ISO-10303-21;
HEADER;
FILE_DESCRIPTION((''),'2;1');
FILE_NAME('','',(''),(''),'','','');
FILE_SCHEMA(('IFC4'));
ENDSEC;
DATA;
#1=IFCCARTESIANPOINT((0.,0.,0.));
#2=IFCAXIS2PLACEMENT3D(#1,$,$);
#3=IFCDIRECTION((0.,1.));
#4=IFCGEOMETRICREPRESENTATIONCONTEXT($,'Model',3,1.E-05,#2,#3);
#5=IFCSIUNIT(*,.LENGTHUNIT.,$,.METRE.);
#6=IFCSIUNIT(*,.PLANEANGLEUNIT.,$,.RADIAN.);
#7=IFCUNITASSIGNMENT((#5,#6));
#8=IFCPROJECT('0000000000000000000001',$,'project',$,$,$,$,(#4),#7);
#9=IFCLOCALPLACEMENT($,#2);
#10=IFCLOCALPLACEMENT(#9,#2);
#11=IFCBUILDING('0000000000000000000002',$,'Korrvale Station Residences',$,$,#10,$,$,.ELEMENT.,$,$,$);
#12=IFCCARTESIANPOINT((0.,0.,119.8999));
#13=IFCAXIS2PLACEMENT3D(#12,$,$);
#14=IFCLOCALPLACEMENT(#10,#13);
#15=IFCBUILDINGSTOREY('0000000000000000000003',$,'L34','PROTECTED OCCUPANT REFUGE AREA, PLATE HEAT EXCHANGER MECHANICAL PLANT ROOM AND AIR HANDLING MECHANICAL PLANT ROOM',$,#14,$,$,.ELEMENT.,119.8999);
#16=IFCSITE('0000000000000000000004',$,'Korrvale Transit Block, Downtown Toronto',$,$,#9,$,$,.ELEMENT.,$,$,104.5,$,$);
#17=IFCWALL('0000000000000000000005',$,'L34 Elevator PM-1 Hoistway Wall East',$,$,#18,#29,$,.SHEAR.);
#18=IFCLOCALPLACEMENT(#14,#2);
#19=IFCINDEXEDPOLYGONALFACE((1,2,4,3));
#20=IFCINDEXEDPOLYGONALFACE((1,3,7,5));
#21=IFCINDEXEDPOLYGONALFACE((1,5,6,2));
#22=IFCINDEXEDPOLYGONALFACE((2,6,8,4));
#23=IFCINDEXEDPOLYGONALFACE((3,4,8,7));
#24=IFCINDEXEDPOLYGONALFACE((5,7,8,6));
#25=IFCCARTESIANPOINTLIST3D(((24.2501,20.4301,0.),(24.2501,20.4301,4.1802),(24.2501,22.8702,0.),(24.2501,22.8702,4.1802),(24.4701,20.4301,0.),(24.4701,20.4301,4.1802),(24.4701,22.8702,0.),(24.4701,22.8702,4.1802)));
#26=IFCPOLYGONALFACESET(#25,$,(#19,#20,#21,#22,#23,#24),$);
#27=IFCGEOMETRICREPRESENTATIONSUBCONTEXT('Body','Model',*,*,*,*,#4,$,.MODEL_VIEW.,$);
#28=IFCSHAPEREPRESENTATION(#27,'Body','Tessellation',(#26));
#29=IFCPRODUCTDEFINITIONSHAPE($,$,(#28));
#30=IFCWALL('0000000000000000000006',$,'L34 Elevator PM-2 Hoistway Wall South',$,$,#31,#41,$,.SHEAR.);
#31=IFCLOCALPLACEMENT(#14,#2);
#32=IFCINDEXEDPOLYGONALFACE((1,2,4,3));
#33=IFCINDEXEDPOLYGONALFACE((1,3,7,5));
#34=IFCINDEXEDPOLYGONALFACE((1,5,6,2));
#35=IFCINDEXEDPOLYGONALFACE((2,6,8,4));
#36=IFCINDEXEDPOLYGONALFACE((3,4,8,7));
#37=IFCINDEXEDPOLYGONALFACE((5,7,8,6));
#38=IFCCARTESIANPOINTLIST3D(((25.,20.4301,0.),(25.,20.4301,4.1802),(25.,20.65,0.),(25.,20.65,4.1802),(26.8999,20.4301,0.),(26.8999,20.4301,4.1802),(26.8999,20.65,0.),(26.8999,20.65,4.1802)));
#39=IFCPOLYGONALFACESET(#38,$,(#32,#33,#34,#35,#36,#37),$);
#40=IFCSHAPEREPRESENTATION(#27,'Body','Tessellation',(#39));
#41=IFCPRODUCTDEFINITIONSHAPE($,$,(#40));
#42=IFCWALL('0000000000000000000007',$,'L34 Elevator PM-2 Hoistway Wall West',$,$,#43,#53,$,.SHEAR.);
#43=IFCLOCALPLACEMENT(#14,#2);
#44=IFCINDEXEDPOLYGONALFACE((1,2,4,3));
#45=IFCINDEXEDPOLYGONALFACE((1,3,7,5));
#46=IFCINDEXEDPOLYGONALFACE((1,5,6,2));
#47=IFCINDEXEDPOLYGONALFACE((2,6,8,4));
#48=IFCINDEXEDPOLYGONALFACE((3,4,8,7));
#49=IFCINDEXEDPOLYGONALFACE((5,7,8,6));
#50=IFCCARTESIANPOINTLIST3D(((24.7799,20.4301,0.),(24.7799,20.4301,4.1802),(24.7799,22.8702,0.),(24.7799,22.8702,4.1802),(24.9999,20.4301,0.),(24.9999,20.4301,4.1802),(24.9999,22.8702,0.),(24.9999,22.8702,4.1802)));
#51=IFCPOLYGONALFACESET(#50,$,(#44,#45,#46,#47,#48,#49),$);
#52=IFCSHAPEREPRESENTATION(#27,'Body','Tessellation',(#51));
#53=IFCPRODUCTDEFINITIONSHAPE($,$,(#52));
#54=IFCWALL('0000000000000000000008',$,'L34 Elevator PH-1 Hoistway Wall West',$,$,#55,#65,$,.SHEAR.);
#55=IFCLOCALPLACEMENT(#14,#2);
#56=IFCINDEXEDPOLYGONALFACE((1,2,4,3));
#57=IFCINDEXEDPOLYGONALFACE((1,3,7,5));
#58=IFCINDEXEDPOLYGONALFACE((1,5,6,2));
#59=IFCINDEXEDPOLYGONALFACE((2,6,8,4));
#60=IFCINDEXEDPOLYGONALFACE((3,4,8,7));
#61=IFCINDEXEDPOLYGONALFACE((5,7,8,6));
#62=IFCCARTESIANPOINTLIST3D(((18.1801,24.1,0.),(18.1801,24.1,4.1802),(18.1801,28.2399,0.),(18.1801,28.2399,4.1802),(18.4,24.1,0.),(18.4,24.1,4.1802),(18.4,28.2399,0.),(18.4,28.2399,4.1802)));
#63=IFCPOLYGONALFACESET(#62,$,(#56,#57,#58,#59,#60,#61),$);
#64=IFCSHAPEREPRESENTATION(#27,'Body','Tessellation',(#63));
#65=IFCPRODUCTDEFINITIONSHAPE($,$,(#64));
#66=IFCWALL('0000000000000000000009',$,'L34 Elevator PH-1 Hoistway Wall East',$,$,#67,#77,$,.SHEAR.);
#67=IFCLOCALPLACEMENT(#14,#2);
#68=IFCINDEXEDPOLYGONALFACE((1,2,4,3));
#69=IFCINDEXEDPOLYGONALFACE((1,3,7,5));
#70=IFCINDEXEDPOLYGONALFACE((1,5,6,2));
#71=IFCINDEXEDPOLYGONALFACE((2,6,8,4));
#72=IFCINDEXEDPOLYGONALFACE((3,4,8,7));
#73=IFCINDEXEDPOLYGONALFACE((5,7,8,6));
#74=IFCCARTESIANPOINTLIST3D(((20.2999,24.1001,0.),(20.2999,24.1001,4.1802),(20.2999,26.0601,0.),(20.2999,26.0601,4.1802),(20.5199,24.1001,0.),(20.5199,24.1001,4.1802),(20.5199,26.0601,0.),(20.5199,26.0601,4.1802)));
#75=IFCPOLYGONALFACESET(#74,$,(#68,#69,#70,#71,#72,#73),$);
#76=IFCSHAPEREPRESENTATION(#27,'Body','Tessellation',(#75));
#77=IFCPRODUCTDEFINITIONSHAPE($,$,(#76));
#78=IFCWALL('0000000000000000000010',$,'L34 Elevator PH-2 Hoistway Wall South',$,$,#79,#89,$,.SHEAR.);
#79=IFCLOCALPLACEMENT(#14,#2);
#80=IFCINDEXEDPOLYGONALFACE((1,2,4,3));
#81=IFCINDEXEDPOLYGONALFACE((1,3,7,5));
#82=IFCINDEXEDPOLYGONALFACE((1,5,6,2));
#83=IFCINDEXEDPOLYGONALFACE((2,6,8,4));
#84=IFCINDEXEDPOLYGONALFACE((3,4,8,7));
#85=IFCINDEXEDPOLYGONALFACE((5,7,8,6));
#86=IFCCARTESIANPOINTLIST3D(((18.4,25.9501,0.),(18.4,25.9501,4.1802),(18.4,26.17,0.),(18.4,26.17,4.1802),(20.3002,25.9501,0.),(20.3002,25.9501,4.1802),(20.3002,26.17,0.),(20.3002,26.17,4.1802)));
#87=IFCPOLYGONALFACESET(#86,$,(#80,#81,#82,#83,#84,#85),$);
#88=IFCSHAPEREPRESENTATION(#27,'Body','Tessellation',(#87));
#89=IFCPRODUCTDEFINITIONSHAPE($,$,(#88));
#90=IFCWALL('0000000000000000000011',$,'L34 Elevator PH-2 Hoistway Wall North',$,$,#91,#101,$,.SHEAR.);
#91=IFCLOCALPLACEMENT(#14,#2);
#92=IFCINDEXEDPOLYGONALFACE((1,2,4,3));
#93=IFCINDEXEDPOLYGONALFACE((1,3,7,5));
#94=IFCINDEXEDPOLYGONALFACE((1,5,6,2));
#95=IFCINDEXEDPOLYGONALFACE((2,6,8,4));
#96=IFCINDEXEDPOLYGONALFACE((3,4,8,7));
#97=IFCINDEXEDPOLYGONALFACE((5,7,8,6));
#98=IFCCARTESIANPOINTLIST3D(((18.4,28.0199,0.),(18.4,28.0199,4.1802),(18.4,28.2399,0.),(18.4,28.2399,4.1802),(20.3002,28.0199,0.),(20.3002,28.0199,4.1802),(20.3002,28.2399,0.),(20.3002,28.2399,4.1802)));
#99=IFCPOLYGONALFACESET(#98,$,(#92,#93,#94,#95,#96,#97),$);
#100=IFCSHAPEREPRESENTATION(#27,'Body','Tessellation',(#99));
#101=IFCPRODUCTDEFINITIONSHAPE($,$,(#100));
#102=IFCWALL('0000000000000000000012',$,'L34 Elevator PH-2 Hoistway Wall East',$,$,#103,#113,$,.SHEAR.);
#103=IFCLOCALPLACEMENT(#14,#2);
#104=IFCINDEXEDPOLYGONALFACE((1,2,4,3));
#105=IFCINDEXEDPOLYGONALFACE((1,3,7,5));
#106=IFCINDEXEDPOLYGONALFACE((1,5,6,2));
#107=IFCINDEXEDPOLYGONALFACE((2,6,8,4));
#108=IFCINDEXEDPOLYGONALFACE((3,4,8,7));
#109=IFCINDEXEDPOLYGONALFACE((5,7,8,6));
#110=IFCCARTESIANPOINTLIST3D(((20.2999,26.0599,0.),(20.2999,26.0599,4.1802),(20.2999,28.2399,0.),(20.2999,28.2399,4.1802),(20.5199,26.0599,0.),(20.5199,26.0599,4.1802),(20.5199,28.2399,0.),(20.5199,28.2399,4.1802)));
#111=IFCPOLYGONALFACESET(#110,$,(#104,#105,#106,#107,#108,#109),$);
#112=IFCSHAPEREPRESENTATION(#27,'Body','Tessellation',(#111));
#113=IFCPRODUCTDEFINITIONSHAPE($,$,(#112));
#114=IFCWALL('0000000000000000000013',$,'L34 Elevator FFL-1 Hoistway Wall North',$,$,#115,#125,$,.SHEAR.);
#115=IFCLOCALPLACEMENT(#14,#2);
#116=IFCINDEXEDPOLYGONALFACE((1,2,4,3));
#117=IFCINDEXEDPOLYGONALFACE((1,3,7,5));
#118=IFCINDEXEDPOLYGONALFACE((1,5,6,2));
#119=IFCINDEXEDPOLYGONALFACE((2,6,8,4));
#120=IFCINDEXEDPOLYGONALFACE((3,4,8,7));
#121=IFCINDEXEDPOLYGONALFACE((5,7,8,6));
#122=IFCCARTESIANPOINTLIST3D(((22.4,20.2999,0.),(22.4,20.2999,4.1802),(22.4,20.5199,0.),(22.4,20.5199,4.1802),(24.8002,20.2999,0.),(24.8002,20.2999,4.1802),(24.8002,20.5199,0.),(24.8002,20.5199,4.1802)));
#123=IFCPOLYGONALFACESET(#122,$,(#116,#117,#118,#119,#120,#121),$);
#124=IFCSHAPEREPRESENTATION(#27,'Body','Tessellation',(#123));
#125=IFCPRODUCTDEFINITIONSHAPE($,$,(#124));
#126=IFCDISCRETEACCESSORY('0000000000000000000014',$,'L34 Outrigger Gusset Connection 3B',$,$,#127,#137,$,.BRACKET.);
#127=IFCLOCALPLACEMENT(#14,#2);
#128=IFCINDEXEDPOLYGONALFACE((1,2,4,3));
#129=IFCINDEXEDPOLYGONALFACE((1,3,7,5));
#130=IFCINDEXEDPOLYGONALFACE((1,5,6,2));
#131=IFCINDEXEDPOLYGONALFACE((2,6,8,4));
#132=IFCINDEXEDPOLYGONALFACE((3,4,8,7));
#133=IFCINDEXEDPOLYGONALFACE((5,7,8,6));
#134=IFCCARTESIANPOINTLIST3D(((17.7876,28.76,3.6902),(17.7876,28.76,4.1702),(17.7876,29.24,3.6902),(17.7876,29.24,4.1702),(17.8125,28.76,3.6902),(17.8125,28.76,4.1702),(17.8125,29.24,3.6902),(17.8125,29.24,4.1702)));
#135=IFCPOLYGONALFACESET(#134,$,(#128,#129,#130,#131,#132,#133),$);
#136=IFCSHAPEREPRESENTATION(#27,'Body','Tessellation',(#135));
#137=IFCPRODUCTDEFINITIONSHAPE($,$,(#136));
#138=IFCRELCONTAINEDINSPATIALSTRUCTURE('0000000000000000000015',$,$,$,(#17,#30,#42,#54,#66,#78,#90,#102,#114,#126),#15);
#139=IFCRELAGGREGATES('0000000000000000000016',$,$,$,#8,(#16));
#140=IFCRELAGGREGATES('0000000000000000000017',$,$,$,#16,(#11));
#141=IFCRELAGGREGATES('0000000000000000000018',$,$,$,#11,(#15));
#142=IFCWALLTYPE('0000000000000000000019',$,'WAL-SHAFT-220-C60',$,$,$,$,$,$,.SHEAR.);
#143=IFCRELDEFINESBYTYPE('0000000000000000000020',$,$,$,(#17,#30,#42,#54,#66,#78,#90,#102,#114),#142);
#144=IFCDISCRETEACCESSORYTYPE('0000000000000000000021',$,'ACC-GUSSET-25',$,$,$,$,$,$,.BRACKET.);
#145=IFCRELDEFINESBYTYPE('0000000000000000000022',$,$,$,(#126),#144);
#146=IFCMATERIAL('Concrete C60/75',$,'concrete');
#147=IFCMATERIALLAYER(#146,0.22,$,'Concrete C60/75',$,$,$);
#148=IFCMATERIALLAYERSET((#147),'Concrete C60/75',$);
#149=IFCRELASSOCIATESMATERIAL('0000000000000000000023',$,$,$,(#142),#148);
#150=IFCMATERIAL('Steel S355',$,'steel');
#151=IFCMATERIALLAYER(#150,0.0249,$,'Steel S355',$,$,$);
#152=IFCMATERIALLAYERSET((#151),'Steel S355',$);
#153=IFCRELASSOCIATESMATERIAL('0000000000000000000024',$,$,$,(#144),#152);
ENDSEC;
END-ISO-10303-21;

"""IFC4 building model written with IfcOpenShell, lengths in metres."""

from ifc_helpers import new_model, si_unit, direction, frame, frame_2d, origin, origin_2d, place, context, subcontext, project, spatial, rectangle, extrude, material, layer, layer_set, type_object, element, save


model = new_model("IFC4")

# Units and contexts
model_context = context("Model", 3, precision=1e-05, world=origin(), true_north=direction((0.0, 1.0)))
body_context = subcontext(model_context, "Body", "Model", "MODEL_VIEW")
ifc_project = project(units=[si_unit("LENGTHUNIT", "METRE"), si_unit("PLANEANGLEUNIT", "RADIAN")], contexts=[model_context])

# Site, building, storey
site_placement = place(None, origin())
site = spatial("IfcSite", under=ifc_project, at=site_placement, Name="Korrvale Transit Block, Downtown Toronto", CompositionType="ELEMENT", RefElevation=104.5)
building_placement = place(site_placement, origin())
building = spatial("IfcBuilding", under=site, at=building_placement, Name="Korrvale Station Residences", CompositionType="ELEMENT")
storey_placement = place(building_placement, frame((0.0, 0.0, 119.8999)))
storey = spatial("IfcBuildingStorey", under=building, at=storey_placement, Name="L34", Description="PROTECTED OCCUPANT REFUGE AREA, PLATE HEAT EXCHANGER MECHANICAL PLANT ROOM AND AIR HANDLING MECHANICAL PLANT ROOM", CompositionType="ELEMENT", Elevation=119.8999)

# Shared definitions
ifc_material_1 = material(Name="Concrete C60/75", Category="concrete")

# Shared definitions
ifc_layer_1 = layer(ifc_material_1, 0.22, Name="Concrete C60/75")
ifc_layer_set_1 = layer_set([ifc_layer_1], Name="Concrete C60/75")
wall_type_1 = type_object("IfcWallType", Name="WAL-SHAFT-220-C60", PredefinedType="SHEAR", material=ifc_layer_set_1)

# Walls
for number, where, z_axis, x_axis, name in (
    (1, (24.3601, 20.4299, 0.0), (0.0, 0.0, 1.0), (0.0, 1.0, 0.0), "L34 Elevator PM-1 Hoistway Wall East"),
):
    element("IfcWall", number, at=place(storey_placement, frame(where, z_axis=z_axis, x_axis=x_axis)), inside=storey, type_object=wall_type_1, Name=name, PredefinedType="SHEAR", context=body_context, shape_type="SweptSolid", body=[
        extrude(rectangle(XDim=2.4402, YDim=0.22, at=frame_2d((1.2202, 0.0))), origin(), (0.0, 0.0, 1.0), 4.1802),
    ])
wall_1_placement = place(storey_placement, frame((25.0, 20.54, 0.0), z_axis=(0.0, 0.0, 1.0), x_axis=(1.0, 0.0, 0.0)))
element("IfcWall", 2, at=wall_1_placement, inside=storey, type_object=wall_type_1, Name="L34 Elevator PM-2 Hoistway Wall South", PredefinedType="SHEAR", context=body_context, shape_type="SweptSolid", body=[
    extrude(rectangle(XDim=1.8999, YDim=0.22, at=frame_2d((0.95, 0.0))), origin(), (0.0, 0.0, 1.0), 4.1802),
])
wall_2_placement = place(storey_placement, frame((24.8899, 20.4299, 0.0), z_axis=(0.0, 0.0, 1.0), x_axis=(0.0, 1.0, 0.0)))
element("IfcWall", 3, at=wall_2_placement, inside=storey, type_object=wall_type_1, Name="L34 Elevator PM-2 Hoistway Wall West", PredefinedType="SHEAR", context=body_context, shape_type="SweptSolid", body=[
    extrude(rectangle(XDim=2.4402, YDim=0.22, at=frame_2d((1.2202, 0.0))), origin(), (0.0, 0.0, 1.0), 4.1802),
])
wall_3_placement = place(storey_placement, frame((18.29, 24.1001, 0.0), z_axis=(0.0, 0.0, 1.0), x_axis=(0.0, 1.0, 0.0)))
element("IfcWall", 4, at=wall_3_placement, inside=storey, type_object=wall_type_1, Name="L34 Elevator PH-1 Hoistway Wall West", PredefinedType="SHEAR", context=body_context, shape_type="SweptSolid", body=[
    extrude(rectangle(XDim=4.1399, YDim=0.22, at=frame_2d((2.0698, 0.0))), origin(), (0.0, 0.0, 1.0), 4.1802),
])
wall_4_placement = place(storey_placement, frame((20.4099, 24.1001, 0.0), z_axis=(0.0, 0.0, 1.0), x_axis=(0.0, 1.0, 0.0)))
element("IfcWall", 5, at=wall_4_placement, inside=storey, type_object=wall_type_1, Name="L34 Elevator PH-1 Hoistway Wall East", PredefinedType="SHEAR", context=body_context, shape_type="SweptSolid", body=[
    extrude(rectangle(XDim=1.96, YDim=0.22, at=frame_2d((0.98, 0.0))), origin(), (0.0, 0.0, 1.0), 4.1802),
])
for number, where, z_axis, x_axis, name in (
    (6, (18.3999, 26.0601, 0.0), (0.0, 0.0, 1.0), (1.0, 0.0, 0.0), "L34 Elevator PH-2 Hoistway Wall South"),
    (7, (18.3999, 28.1299, 0.0), (0.0, 0.0, 1.0), (1.0, 0.0, 0.0), "L34 Elevator PH-2 Hoistway Wall North"),
):
    element("IfcWall", number, at=place(storey_placement, frame(where, z_axis=z_axis, x_axis=x_axis)), inside=storey, type_object=wall_type_1, Name=name, PredefinedType="SHEAR", context=body_context, shape_type="SweptSolid", body=[
        extrude(rectangle(XDim=1.9001, YDim=0.22, at=frame_2d((0.9502, 0.0))), origin(), (0.0, 0.0, 1.0), 4.1802),
    ])
wall_5_placement = place(storey_placement, frame((20.4099, 26.0601, 0.0), z_axis=(0.0, 0.0, 1.0), x_axis=(0.0, 1.0, 0.0)))
element("IfcWall", 8, at=wall_5_placement, inside=storey, type_object=wall_type_1, Name="L34 Elevator PH-2 Hoistway Wall East", PredefinedType="SHEAR", context=body_context, shape_type="SweptSolid", body=[
    extrude(rectangle(XDim=2.1799, YDim=0.22, at=frame_2d((1.0898, 0.0))), origin(), (0.0, 0.0, 1.0), 4.1802),
])
wall_6_placement = place(storey_placement, frame((22.3999, 20.4099, 0.0), z_axis=(0.0, 0.0, 1.0), x_axis=(1.0, 0.0, 0.0)))
element("IfcWall", 9, at=wall_6_placement, inside=storey, type_object=wall_type_1, Name="L34 Elevator FFL-1 Hoistway Wall North", PredefinedType="SHEAR", context=body_context, shape_type="SweptSolid", body=[
    extrude(rectangle(XDim=2.4001, YDim=0.22, at=frame_2d((1.2002, 0.0))), origin(), (0.0, 0.0, 1.0), 4.1802),
])

# Discrete accessory
ifc_material_2 = material(Name="Steel S355", Category="steel")
ifc_layer_2 = layer(ifc_material_2, 0.0249, Name="Steel S355")
ifc_layer_set_2 = layer_set([ifc_layer_2], Name="Steel S355")
discrete_accessory_type = type_object("IfcDiscreteAccessoryType", Name="ACC-GUSSET-25", PredefinedType="BRACKET", material=ifc_layer_set_2)
discrete_accessory_placement = place(storey_placement, frame((17.8, 29.0, 3.6902), z_axis=(0.0, 0.0, 1.0), x_axis=(0.0, 1.0, 0.0)))
element("IfcDiscreteAccessory", 10, at=discrete_accessory_placement, inside=storey, type_object=discrete_accessory_type, Name="L34 Outrigger Gusset Connection 3B", PredefinedType="BRACKET", context=body_context, shape_type="SweptSolid", body=[
    extrude(rectangle(XDim=0.48, YDim=0.0249, at=origin_2d()), origin(), (0.0, 0.0, 1.0), 0.48),
])

save(model, "model.ifc")
